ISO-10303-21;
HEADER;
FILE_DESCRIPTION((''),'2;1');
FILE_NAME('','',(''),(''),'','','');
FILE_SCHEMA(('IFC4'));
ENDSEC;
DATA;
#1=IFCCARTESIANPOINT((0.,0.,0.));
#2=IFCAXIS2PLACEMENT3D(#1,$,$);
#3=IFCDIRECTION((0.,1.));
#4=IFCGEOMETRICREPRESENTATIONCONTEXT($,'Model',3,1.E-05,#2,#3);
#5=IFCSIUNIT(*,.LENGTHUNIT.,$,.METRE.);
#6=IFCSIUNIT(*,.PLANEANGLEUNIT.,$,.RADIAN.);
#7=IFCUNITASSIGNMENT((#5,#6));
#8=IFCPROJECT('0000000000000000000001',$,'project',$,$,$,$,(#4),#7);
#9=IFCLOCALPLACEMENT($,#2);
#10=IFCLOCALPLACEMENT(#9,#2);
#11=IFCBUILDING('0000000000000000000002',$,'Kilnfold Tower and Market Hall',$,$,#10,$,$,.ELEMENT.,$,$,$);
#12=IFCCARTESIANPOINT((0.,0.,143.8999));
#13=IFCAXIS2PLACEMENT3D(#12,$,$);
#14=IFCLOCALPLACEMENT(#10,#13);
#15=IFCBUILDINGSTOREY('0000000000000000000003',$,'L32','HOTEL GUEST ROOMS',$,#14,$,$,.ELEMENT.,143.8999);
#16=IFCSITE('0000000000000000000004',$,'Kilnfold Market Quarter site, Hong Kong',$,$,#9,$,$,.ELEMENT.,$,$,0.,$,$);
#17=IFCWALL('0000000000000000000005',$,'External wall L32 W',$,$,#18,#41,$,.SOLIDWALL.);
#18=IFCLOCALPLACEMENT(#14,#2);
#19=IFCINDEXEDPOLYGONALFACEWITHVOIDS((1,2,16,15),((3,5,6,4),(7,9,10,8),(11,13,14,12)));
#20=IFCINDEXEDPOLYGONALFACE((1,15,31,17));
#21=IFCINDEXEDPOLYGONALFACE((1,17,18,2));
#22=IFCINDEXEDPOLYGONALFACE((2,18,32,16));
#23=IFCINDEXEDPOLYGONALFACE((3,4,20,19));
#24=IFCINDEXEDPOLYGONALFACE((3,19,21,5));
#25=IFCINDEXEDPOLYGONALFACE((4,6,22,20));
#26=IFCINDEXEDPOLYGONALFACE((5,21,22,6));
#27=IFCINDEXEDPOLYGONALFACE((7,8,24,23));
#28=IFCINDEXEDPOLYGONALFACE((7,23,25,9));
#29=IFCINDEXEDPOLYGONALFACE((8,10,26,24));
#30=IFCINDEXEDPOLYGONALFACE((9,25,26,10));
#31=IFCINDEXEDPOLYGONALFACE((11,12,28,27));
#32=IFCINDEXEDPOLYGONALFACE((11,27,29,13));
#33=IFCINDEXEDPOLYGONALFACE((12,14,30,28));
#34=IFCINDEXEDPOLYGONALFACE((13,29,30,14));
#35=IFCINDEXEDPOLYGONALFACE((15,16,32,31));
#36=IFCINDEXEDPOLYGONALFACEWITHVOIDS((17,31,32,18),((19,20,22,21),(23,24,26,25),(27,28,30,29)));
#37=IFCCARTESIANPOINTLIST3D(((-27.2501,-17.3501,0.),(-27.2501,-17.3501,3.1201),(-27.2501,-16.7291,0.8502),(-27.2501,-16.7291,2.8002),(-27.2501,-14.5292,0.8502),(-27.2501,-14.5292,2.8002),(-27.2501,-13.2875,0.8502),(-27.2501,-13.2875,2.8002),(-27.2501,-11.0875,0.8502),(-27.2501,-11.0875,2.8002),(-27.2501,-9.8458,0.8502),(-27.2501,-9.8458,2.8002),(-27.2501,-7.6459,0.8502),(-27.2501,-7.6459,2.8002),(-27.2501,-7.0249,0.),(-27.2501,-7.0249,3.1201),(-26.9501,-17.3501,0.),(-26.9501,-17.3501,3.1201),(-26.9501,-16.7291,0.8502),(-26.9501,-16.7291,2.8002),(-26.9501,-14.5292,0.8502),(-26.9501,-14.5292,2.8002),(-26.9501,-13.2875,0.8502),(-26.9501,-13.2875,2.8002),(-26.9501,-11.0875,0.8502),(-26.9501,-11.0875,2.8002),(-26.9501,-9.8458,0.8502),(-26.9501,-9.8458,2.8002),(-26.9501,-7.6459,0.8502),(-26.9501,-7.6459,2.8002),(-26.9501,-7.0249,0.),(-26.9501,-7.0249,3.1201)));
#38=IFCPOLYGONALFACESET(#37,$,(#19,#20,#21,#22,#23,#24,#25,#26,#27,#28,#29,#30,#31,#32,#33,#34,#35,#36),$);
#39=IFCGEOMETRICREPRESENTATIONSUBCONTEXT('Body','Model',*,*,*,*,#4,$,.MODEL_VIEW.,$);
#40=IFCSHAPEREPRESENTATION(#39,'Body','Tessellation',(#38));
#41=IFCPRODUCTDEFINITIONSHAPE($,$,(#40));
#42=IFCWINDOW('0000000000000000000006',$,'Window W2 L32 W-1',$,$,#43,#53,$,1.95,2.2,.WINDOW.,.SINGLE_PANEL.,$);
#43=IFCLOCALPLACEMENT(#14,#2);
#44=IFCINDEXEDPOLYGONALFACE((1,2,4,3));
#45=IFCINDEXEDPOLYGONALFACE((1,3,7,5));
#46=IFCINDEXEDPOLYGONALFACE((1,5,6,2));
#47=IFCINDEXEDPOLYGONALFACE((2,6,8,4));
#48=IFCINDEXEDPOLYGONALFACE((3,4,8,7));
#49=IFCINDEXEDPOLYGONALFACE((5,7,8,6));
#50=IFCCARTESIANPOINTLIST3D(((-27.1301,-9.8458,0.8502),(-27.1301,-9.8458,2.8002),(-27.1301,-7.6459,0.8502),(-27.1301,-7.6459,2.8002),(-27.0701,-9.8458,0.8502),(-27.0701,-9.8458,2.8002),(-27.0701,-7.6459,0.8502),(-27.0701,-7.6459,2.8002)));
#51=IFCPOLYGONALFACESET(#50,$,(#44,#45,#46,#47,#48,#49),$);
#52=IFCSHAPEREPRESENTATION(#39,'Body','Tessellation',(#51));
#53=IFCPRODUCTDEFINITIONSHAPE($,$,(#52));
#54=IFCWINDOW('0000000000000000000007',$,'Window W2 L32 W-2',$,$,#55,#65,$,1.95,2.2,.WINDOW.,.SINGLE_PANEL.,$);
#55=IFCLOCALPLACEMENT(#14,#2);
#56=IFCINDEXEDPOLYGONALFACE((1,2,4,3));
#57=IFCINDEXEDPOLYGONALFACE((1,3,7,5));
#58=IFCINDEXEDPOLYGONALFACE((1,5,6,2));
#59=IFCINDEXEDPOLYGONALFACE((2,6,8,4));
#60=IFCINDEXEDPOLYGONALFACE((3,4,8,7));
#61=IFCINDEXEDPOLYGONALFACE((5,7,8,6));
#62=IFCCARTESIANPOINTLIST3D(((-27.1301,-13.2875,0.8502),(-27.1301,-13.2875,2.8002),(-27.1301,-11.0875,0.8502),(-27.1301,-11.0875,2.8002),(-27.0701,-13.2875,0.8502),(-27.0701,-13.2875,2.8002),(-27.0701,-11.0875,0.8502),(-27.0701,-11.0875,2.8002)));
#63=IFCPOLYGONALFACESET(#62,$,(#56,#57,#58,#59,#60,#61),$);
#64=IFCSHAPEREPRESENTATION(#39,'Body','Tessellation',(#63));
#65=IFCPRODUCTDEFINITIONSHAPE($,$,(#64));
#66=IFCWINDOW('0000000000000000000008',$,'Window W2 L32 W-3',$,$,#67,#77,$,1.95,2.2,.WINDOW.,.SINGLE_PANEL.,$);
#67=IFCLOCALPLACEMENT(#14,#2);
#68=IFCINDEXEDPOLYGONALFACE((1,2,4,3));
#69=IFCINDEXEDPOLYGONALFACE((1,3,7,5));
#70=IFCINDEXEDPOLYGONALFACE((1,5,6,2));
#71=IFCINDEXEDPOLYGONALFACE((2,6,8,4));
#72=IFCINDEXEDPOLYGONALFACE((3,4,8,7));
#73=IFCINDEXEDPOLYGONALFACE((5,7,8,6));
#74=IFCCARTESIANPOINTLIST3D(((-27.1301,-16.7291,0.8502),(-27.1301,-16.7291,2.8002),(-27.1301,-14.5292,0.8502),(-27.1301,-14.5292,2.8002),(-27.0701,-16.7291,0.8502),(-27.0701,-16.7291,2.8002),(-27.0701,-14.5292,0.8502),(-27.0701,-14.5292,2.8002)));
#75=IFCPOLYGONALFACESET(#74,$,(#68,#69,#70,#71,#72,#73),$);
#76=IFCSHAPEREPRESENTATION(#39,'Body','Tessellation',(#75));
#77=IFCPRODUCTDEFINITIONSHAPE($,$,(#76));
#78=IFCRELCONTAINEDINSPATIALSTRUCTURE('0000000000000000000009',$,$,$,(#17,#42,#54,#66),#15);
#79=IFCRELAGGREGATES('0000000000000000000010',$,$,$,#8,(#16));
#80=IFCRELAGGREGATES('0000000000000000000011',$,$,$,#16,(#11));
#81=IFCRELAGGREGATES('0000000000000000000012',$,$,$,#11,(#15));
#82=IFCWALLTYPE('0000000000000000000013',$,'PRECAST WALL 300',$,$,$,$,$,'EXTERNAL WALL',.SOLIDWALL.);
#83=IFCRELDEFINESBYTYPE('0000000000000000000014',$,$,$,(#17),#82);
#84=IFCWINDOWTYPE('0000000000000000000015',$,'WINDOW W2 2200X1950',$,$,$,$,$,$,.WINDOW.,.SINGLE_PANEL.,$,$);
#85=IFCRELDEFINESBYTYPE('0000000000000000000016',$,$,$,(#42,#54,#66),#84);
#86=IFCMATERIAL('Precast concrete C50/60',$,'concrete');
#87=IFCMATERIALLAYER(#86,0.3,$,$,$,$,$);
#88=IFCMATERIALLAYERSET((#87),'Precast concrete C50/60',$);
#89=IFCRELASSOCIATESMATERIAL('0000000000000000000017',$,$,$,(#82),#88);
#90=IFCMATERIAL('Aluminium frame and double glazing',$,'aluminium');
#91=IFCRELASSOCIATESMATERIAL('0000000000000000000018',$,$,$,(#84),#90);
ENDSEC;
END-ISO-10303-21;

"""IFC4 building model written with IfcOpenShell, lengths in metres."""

from ifc_helpers import new_model, si_unit, direction, frame, frame_2d, origin, place, context, subcontext, project, spatial, rectangle, extrude, source, transform, mapped, material, layer, layer_set, type_object, element, fill, save


model = new_model("IFC4")

# Units and contexts
model_context = context("Model", 3, precision=1e-05, world=origin(), true_north=direction((0.0, 1.0)))
body_context = subcontext(model_context, "Body", "Model", "MODEL_VIEW")
ifc_project = project(units=[si_unit("LENGTHUNIT", "METRE"), si_unit("PLANEANGLEUNIT", "RADIAN")], contexts=[model_context])

# Site, building, storey
site_placement = place(None, origin())
site = spatial("IfcSite", under=ifc_project, at=site_placement, Name="Kilnfold Market Quarter site, Hong Kong", CompositionType="ELEMENT", RefElevation=0.0)
building_placement = place(site_placement, origin())
building = spatial("IfcBuilding", under=site, at=building_placement, Name="Kilnfold Tower and Market Hall", CompositionType="ELEMENT")
storey_placement = place(building_placement, frame((0.0, 0.0, 143.8999)))
storey = spatial("IfcBuildingStorey", under=building, at=storey_placement, Name="L32", Description="HOTEL GUEST ROOMS", CompositionType="ELEMENT", Elevation=143.8999)

# Wall, openings, windows
ifc_material_1 = material(Name="Precast concrete C50/60", Category="concrete")
ifc_layer_1 = layer(ifc_material_1, 0.3)
ifc_layer_set_1 = layer_set([ifc_layer_1], Name="Precast concrete C50/60")
wall_type_1 = type_object("IfcWallType", Name="PRECAST WALL 300", ElementType="EXTERNAL WALL", PredefinedType="SOLIDWALL", material=ifc_layer_set_1)
shared_shape_1 = source(origin(), body_context, "Body", "SweptSolid", [
    extrude(rectangle(XDim=10.3252, YDim=0.3, at=frame_2d((5.1626, 0.0))), origin(), (0.0, 0.0, 1.0), 3.1201),
])
wall_1_placement = place(storey_placement, frame((-27.1001, -7.0249, 0.0), z_axis=(0.0, 0.0, 1.0), x_axis=(0.0, -1.0, 0.0)))
wall_1 = element("IfcWall", 1, at=wall_1_placement, inside=storey, type_object=wall_type_1, Name="External wall L32 W", PredefinedType="SOLIDWALL", context=body_context, shape_type="MappedRepresentation", body=[
    mapped(shared_shape_1, transform((0.0, 0.0, 0.0))),
])
opening_1_placement = place(wall_1_placement, frame((0.6208, 0.0, 0.8501)))
opening_1 = element("IfcOpeningElement", 2, at=opening_1_placement, cuts=wall_1, PredefinedType="OPENING", context=body_context, shape_type="SweptSolid", body=[
    extrude(rectangle(XDim=2.2, YDim=1.95, at=frame_2d((1.1001, 0.9751))), frame((0.0, 0.1602, 0.0), z_axis=(0.0, -1.0, 0.0), x_axis=(1.0, 0.0, 0.0)), (0.0, 0.0, 1.0), 0.3201),
])
opening_2_placement = place(wall_1_placement, frame((4.0625, 0.0, 0.8501)))
opening_2 = element("IfcOpeningElement", 3, at=opening_2_placement, cuts=wall_1, PredefinedType="OPENING", context=body_context, shape_type="SweptSolid", body=[
    extrude(rectangle(XDim=2.2, YDim=1.95, at=frame_2d((1.1001, 0.9751))), frame((0.0, 0.1602, 0.0), z_axis=(0.0, -1.0, 0.0), x_axis=(1.0, 0.0, 0.0)), (0.0, 0.0, 1.0), 0.3201),
])
opening_3_placement = place(wall_1_placement, frame((7.5042, 0.0, 0.8501)))
opening_3 = element("IfcOpeningElement", 4, at=opening_3_placement, cuts=wall_1, PredefinedType="OPENING", context=body_context, shape_type="SweptSolid", body=[
    extrude(rectangle(XDim=2.2, YDim=1.95, at=frame_2d((1.1001, 0.9751))), frame((0.0, 0.1602, 0.0), z_axis=(0.0, -1.0, 0.0), x_axis=(1.0, 0.0, 0.0)), (0.0, 0.0, 1.0), 0.3201),
])
ifc_material_2 = material(Name="Aluminium frame and double glazing", Category="aluminium")
window_type = type_object("IfcWindowType", Name="WINDOW W2 2200X1950", PartitioningType="SINGLE_PANEL", PredefinedType="WINDOW", material=ifc_material_2)
window_1_placement = place(opening_1_placement, origin())
window_1 = element("IfcWindow", 5, at=window_1_placement, inside=storey, type_object=window_type, Name="Window W2 L32 W-1", OverallHeight=1.95, OverallWidth=2.2, PartitioningType="SINGLE_PANEL", PredefinedType="WINDOW", context=body_context, shape_type="SweptSolid", body=[
    extrude(rectangle(XDim=2.2, YDim=1.95, at=frame_2d((1.1001, 0.9751))), frame((0.0, 0.03, 0.0), z_axis=(0.0, -1.0, 0.0), x_axis=(1.0, 0.0, 0.0)), (0.0, 0.0, 1.0), 0.0601),
])
fill(opening_1, window_1)
window_2_placement = place(opening_2_placement, origin())
window_2 = element("IfcWindow", 6, at=window_2_placement, inside=storey, type_object=window_type, Name="Window W2 L32 W-2", OverallHeight=1.95, OverallWidth=2.2, PartitioningType="SINGLE_PANEL", PredefinedType="WINDOW", context=body_context, shape_type="SweptSolid", body=[
    extrude(rectangle(XDim=2.2, YDim=1.95, at=frame_2d((1.1001, 0.9751))), frame((0.0, 0.03, 0.0), z_axis=(0.0, -1.0, 0.0), x_axis=(1.0, 0.0, 0.0)), (0.0, 0.0, 1.0), 0.0601),
])
fill(opening_2, window_2)
window_3_placement = place(opening_3_placement, origin())
window_3 = element("IfcWindow", 7, at=window_3_placement, inside=storey, type_object=window_type, Name="Window W2 L32 W-3", OverallHeight=1.95, OverallWidth=2.2, PartitioningType="SINGLE_PANEL", PredefinedType="WINDOW", context=body_context, shape_type="SweptSolid", body=[
    extrude(rectangle(XDim=2.2, YDim=1.95, at=frame_2d((1.1001, 0.9751))), frame((0.0, 0.03, 0.0), z_axis=(0.0, -1.0, 0.0), x_axis=(1.0, 0.0, 0.0)), (0.0, 0.0, 1.0), 0.0601),
])
fill(opening_3, window_3)

save(model, "model.ifc")
